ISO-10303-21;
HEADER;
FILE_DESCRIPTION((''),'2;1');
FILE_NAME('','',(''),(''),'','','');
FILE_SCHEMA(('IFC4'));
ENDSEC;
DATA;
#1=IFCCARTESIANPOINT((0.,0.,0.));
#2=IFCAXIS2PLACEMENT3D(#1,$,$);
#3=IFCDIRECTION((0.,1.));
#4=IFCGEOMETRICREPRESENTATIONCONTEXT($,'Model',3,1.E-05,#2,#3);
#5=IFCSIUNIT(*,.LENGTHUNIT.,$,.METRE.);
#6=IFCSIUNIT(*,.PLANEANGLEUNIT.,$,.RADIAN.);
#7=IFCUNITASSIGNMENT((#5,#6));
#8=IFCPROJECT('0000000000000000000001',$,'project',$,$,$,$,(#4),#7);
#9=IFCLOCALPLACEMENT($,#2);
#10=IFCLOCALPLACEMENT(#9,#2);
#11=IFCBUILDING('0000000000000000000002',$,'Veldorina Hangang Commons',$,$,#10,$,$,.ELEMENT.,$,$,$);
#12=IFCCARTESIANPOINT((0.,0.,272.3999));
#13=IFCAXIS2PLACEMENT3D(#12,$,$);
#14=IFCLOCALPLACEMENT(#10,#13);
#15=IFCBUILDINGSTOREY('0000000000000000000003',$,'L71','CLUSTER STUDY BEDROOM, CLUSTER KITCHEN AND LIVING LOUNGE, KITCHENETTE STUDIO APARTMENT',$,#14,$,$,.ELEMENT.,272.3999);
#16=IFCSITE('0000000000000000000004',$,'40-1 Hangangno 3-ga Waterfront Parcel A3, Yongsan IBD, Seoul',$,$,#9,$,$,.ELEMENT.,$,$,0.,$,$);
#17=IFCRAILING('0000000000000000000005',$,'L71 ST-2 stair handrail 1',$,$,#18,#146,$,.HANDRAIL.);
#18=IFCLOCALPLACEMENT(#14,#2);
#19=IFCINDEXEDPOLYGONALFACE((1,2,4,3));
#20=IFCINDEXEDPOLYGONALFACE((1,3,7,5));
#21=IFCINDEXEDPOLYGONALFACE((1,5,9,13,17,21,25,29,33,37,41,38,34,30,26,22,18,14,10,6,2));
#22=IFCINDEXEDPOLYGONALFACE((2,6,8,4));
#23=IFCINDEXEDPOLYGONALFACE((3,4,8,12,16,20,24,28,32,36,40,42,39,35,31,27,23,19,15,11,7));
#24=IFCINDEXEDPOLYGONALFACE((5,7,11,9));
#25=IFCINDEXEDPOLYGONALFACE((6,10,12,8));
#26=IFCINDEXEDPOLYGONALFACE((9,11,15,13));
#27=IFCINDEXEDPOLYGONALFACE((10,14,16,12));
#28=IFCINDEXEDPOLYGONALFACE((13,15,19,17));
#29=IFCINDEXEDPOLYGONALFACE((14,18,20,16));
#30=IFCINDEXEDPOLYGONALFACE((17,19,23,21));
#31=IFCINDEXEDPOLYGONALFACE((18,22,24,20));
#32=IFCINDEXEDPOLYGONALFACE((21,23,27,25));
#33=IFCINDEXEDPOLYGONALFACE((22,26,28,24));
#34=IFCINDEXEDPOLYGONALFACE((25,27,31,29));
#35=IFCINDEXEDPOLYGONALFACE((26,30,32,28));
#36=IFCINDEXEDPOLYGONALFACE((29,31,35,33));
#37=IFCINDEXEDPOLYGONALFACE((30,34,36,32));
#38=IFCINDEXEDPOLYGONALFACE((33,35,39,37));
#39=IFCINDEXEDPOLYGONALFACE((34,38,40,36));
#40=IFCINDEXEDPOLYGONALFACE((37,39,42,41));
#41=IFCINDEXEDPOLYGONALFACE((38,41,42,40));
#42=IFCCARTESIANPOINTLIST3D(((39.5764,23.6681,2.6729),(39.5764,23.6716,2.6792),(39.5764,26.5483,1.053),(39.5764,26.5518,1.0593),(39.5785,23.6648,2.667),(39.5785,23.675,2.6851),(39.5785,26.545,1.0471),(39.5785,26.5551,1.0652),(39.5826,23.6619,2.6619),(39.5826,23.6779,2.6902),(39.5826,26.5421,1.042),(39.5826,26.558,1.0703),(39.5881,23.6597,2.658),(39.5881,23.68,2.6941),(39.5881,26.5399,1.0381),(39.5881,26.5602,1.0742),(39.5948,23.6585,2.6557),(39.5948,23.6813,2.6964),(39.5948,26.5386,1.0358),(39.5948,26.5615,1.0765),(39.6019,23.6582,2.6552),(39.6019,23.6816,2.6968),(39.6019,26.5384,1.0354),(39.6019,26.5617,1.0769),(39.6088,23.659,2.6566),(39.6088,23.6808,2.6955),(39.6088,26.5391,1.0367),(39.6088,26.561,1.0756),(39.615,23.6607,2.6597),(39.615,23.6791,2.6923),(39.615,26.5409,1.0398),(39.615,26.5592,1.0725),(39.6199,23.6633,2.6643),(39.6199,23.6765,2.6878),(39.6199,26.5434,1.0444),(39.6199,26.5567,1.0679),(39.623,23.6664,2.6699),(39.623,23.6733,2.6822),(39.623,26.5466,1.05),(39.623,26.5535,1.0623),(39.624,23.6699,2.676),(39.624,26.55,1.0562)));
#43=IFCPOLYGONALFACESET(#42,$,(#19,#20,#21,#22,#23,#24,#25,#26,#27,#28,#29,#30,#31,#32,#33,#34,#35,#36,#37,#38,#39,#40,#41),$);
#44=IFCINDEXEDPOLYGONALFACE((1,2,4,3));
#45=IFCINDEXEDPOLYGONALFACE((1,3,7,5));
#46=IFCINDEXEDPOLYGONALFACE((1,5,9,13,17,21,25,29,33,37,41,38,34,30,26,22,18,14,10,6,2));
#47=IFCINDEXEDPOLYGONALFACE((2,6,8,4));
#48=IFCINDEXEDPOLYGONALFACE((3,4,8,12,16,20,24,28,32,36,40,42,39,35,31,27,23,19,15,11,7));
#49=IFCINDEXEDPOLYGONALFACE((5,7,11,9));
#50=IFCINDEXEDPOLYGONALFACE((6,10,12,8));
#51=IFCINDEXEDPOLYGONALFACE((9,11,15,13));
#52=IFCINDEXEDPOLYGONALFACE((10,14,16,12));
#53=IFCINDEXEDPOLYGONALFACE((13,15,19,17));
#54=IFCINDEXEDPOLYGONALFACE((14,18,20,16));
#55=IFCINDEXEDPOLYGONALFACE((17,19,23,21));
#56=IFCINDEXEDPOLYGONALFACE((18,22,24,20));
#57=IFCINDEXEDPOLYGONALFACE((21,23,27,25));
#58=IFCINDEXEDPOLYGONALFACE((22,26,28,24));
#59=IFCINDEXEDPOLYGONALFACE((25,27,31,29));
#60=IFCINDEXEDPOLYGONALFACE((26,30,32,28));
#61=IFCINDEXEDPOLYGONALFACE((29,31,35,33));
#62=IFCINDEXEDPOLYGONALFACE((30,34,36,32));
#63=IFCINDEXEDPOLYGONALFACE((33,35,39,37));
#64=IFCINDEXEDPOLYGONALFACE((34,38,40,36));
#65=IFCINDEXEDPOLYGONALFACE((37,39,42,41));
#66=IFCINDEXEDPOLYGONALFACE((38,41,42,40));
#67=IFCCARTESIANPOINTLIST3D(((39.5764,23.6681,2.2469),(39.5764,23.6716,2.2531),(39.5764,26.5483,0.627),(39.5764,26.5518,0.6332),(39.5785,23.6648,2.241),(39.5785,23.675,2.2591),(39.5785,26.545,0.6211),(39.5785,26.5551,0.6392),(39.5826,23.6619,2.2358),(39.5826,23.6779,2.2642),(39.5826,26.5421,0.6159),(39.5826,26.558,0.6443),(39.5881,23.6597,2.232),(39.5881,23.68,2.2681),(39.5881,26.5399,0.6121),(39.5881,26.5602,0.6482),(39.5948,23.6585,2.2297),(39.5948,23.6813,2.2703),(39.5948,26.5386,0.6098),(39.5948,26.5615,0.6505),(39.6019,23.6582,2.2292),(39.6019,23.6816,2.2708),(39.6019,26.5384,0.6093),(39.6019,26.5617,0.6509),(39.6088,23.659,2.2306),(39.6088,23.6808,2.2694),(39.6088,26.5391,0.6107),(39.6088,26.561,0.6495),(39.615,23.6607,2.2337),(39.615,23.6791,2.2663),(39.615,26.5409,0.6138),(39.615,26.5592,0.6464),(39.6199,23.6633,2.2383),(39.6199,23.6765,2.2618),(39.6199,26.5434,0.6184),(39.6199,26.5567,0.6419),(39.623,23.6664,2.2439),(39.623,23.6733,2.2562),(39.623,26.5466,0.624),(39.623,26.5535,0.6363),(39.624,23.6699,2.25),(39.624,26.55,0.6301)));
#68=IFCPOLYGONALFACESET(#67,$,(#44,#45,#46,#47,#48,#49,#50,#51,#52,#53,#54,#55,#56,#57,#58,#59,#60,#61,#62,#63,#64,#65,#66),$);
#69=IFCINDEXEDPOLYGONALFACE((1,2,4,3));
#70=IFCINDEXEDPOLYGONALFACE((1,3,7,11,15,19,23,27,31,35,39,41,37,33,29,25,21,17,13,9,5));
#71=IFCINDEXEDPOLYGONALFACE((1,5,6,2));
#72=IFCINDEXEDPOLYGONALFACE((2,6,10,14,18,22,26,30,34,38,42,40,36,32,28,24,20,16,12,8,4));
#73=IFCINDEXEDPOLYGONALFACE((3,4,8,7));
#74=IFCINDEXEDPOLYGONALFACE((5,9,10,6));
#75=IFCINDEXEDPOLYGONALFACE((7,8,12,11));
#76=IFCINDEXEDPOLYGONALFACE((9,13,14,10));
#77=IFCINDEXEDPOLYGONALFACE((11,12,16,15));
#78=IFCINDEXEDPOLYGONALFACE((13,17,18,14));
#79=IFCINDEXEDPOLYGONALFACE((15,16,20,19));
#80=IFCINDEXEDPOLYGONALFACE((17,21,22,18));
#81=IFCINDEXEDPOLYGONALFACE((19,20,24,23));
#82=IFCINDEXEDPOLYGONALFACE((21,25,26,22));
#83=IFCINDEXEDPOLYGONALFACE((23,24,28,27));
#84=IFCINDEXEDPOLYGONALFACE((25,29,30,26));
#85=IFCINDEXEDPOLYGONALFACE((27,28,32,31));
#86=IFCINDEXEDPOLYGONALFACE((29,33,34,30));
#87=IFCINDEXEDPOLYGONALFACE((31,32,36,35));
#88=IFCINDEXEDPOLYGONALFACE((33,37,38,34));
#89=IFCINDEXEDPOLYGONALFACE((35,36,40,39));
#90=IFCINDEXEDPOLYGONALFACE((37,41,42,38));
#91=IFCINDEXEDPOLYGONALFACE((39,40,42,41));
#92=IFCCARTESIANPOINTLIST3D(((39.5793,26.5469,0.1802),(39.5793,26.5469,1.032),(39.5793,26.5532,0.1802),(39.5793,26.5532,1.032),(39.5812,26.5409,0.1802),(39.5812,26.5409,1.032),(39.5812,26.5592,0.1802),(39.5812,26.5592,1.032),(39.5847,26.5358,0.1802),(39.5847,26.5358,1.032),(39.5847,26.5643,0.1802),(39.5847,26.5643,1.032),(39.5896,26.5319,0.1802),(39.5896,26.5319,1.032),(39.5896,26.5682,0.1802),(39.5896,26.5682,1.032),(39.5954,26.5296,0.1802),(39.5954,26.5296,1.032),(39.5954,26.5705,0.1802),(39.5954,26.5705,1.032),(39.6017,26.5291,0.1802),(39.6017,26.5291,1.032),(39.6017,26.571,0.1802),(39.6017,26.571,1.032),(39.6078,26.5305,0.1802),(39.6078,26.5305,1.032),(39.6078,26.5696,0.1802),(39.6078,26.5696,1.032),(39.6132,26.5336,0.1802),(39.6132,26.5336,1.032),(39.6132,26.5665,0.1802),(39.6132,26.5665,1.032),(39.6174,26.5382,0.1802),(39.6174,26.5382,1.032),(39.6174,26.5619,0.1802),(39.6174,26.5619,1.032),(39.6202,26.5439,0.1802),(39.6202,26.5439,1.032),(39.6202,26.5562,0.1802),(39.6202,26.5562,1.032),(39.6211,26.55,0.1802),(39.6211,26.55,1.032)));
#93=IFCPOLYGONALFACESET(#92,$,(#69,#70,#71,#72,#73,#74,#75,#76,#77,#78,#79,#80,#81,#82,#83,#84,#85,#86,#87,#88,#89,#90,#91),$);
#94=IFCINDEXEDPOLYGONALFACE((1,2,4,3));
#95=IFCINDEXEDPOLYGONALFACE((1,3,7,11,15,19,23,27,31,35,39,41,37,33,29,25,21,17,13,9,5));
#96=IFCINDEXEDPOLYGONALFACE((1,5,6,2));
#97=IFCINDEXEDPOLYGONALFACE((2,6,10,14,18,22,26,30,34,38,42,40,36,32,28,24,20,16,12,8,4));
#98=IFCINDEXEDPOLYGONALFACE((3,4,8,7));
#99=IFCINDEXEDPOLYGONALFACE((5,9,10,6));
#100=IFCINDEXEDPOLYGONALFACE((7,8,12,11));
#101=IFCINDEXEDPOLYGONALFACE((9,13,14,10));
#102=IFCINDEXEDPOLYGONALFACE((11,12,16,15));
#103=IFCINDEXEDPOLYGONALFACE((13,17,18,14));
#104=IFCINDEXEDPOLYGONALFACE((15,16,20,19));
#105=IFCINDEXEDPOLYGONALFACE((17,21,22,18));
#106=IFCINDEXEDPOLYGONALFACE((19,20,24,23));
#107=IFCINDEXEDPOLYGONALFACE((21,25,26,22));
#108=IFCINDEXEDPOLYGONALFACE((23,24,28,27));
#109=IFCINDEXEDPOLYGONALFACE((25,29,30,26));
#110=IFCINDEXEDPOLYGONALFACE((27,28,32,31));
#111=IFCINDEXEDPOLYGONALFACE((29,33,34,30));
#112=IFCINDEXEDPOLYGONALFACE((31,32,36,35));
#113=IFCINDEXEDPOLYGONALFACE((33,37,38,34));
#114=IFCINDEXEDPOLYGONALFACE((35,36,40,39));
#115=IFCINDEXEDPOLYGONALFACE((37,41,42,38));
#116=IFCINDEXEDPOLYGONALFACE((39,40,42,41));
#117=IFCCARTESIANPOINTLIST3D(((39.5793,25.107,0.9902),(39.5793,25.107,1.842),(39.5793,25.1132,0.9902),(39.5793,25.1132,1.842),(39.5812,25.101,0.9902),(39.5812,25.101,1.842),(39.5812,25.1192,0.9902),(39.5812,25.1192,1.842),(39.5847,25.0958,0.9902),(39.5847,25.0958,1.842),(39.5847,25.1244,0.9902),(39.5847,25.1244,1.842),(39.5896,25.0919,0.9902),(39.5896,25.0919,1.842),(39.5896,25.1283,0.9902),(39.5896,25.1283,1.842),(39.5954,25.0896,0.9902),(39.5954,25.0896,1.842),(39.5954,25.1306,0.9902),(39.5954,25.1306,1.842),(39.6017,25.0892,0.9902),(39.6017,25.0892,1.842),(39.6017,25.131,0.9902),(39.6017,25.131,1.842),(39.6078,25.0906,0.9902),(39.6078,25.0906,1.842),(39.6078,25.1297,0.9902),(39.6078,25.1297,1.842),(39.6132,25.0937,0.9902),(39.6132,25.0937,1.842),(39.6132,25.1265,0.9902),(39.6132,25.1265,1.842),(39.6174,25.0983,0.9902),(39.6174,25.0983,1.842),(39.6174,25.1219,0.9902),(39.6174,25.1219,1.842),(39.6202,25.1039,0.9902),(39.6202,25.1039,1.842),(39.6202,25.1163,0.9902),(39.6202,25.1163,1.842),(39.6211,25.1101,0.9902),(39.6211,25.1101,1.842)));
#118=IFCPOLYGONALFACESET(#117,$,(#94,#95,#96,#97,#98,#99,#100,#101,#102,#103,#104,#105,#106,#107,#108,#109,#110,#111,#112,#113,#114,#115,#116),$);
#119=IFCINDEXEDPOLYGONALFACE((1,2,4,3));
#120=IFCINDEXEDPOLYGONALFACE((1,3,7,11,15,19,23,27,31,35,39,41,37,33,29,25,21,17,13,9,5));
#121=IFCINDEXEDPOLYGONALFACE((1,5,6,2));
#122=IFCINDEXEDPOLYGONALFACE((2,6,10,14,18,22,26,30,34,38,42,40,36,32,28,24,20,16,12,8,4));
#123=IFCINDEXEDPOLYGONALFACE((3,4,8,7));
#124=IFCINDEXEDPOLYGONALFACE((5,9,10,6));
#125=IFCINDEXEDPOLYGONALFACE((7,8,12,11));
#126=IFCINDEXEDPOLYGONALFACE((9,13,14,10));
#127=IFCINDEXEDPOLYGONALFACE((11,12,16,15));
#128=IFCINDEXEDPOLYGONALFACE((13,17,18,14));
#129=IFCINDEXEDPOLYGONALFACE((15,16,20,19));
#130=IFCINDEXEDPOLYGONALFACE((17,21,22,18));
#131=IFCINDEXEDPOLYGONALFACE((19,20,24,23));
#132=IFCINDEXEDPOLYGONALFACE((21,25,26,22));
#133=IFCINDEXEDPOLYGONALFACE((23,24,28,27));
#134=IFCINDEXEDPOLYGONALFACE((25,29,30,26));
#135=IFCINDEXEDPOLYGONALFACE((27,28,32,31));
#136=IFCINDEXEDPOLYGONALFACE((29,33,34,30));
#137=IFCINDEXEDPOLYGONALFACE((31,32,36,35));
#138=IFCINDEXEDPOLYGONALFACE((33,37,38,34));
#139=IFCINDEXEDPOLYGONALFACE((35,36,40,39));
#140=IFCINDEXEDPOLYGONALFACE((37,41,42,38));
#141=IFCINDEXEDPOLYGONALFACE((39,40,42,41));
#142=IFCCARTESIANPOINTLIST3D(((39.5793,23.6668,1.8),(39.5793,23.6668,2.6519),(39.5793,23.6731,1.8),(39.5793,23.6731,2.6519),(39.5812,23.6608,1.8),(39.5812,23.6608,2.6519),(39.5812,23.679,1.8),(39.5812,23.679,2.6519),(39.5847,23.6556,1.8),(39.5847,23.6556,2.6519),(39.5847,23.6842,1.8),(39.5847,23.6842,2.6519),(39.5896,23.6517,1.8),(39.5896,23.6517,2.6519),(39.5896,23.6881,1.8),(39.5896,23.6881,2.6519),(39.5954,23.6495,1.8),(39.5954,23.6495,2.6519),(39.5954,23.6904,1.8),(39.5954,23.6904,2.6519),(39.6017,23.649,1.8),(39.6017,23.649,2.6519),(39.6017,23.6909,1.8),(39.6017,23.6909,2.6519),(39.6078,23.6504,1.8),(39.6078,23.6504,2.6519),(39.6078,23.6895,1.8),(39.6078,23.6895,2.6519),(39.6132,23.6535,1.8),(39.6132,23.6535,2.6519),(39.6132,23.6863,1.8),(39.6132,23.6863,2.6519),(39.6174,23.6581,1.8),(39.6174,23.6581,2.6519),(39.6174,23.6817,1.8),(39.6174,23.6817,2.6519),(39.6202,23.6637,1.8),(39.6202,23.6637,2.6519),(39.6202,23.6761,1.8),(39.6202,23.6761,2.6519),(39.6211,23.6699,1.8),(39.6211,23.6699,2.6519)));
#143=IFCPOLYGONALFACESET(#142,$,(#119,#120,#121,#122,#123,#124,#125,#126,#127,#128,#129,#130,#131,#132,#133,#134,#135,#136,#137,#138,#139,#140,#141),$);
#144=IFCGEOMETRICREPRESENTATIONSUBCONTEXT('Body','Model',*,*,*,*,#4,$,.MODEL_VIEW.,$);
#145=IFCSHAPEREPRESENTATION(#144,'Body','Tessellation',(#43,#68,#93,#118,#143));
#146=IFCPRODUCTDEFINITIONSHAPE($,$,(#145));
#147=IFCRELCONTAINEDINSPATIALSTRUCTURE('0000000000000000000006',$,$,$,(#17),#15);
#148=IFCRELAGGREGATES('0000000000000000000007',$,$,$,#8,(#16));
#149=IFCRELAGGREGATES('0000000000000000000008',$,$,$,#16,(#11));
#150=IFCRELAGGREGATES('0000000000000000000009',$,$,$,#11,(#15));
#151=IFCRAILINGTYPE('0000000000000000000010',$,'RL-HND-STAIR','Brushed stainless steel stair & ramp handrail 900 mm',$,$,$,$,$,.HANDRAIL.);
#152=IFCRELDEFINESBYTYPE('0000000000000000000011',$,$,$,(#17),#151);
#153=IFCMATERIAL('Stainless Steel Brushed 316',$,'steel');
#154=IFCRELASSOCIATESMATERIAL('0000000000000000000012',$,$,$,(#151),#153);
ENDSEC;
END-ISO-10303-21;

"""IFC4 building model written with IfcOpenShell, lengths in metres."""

from ifc_helpers import new_model, si_unit, direction, frame, origin, origin_2d, place, context, subcontext, project, spatial, circle, extrude, material, type_object, element, save


model = new_model("IFC4")

# Units and contexts
model_context = context("Model", 3, precision=1e-05, world=origin(), true_north=direction((0.0, 1.0)))
body_context = subcontext(model_context, "Body", "Model", "MODEL_VIEW")
ifc_project = project(units=[si_unit("LENGTHUNIT", "METRE"), si_unit("PLANEANGLEUNIT", "RADIAN")], contexts=[model_context])

# Site, building, storey
site_placement = place(None, origin())
site = spatial("IfcSite", under=ifc_project, at=site_placement, Name="40-1 Hangangno 3-ga Waterfront Parcel A3, Yongsan IBD, Seoul", CompositionType="ELEMENT", RefElevation=0.0)
building_placement = place(site_placement, origin())
building = spatial("IfcBuilding", under=site, at=building_placement, Name="Veldorina Hangang Commons", CompositionType="ELEMENT")
storey_placement = place(building_placement, frame((0.0, 0.0, 272.3999)))
storey = spatial("IfcBuildingStorey", under=building, at=storey_placement, Name="L71", Description="CLUSTER STUDY BEDROOM, CLUSTER KITCHEN AND LIVING LOUNGE, KITCHENETTE STUDIO APARTMENT", CompositionType="ELEMENT", Elevation=272.3999)

# Railing
ifc_material_1 = material(Name="Stainless Steel Brushed 316", Category="steel")
railing_type_1 = type_object("IfcRailingType", Name="RL-HND-STAIR", Description="Brushed stainless steel stair & ramp handrail 900 mm", PredefinedType="HANDRAIL", material=ifc_material_1)
railing_1_placement = place(storey_placement, frame((39.6001, 26.55, 0.1802)))
element("IfcRailing", 1, at=railing_1_placement, inside=storey, type_object=railing_type_1, Name="L71 ST-2 stair handrail 1", PredefinedType="HANDRAIL", context=body_context, shape_type="SweptSolid", body=[
    extrude(circle(Radius=0.0239, at=origin_2d()), frame((0.0, 0.0, 0.876), z_axis=(0.0, -0.871601, 0.490216), x_axis=(1.0, 0.0, 0.0)), (0.0, 0.0, 1.0), 3.3044),
    extrude(circle(Radius=0.0239, at=origin_2d()), frame((0.0, 0.0, 0.45), z_axis=(0.0, -0.871601, 0.490216), x_axis=(1.0, 0.0, 0.0)), (0.0, 0.0, 1.0), 3.3044),
    extrude(circle(Radius=0.021, at=origin_2d()), origin(), (0.0, 0.0, 1.0), 0.8518),
    extrude(circle(Radius=0.021, at=origin_2d()), frame((0.0, -1.4399, 0.8101)), (0.0, 0.0, 1.0), 0.8518),
    extrude(circle(Radius=0.021, at=origin_2d()), frame((0.0, -2.8801, 1.6199)), (0.0, 0.0, 1.0), 0.8518),
])

save(model, "model.ifc")
